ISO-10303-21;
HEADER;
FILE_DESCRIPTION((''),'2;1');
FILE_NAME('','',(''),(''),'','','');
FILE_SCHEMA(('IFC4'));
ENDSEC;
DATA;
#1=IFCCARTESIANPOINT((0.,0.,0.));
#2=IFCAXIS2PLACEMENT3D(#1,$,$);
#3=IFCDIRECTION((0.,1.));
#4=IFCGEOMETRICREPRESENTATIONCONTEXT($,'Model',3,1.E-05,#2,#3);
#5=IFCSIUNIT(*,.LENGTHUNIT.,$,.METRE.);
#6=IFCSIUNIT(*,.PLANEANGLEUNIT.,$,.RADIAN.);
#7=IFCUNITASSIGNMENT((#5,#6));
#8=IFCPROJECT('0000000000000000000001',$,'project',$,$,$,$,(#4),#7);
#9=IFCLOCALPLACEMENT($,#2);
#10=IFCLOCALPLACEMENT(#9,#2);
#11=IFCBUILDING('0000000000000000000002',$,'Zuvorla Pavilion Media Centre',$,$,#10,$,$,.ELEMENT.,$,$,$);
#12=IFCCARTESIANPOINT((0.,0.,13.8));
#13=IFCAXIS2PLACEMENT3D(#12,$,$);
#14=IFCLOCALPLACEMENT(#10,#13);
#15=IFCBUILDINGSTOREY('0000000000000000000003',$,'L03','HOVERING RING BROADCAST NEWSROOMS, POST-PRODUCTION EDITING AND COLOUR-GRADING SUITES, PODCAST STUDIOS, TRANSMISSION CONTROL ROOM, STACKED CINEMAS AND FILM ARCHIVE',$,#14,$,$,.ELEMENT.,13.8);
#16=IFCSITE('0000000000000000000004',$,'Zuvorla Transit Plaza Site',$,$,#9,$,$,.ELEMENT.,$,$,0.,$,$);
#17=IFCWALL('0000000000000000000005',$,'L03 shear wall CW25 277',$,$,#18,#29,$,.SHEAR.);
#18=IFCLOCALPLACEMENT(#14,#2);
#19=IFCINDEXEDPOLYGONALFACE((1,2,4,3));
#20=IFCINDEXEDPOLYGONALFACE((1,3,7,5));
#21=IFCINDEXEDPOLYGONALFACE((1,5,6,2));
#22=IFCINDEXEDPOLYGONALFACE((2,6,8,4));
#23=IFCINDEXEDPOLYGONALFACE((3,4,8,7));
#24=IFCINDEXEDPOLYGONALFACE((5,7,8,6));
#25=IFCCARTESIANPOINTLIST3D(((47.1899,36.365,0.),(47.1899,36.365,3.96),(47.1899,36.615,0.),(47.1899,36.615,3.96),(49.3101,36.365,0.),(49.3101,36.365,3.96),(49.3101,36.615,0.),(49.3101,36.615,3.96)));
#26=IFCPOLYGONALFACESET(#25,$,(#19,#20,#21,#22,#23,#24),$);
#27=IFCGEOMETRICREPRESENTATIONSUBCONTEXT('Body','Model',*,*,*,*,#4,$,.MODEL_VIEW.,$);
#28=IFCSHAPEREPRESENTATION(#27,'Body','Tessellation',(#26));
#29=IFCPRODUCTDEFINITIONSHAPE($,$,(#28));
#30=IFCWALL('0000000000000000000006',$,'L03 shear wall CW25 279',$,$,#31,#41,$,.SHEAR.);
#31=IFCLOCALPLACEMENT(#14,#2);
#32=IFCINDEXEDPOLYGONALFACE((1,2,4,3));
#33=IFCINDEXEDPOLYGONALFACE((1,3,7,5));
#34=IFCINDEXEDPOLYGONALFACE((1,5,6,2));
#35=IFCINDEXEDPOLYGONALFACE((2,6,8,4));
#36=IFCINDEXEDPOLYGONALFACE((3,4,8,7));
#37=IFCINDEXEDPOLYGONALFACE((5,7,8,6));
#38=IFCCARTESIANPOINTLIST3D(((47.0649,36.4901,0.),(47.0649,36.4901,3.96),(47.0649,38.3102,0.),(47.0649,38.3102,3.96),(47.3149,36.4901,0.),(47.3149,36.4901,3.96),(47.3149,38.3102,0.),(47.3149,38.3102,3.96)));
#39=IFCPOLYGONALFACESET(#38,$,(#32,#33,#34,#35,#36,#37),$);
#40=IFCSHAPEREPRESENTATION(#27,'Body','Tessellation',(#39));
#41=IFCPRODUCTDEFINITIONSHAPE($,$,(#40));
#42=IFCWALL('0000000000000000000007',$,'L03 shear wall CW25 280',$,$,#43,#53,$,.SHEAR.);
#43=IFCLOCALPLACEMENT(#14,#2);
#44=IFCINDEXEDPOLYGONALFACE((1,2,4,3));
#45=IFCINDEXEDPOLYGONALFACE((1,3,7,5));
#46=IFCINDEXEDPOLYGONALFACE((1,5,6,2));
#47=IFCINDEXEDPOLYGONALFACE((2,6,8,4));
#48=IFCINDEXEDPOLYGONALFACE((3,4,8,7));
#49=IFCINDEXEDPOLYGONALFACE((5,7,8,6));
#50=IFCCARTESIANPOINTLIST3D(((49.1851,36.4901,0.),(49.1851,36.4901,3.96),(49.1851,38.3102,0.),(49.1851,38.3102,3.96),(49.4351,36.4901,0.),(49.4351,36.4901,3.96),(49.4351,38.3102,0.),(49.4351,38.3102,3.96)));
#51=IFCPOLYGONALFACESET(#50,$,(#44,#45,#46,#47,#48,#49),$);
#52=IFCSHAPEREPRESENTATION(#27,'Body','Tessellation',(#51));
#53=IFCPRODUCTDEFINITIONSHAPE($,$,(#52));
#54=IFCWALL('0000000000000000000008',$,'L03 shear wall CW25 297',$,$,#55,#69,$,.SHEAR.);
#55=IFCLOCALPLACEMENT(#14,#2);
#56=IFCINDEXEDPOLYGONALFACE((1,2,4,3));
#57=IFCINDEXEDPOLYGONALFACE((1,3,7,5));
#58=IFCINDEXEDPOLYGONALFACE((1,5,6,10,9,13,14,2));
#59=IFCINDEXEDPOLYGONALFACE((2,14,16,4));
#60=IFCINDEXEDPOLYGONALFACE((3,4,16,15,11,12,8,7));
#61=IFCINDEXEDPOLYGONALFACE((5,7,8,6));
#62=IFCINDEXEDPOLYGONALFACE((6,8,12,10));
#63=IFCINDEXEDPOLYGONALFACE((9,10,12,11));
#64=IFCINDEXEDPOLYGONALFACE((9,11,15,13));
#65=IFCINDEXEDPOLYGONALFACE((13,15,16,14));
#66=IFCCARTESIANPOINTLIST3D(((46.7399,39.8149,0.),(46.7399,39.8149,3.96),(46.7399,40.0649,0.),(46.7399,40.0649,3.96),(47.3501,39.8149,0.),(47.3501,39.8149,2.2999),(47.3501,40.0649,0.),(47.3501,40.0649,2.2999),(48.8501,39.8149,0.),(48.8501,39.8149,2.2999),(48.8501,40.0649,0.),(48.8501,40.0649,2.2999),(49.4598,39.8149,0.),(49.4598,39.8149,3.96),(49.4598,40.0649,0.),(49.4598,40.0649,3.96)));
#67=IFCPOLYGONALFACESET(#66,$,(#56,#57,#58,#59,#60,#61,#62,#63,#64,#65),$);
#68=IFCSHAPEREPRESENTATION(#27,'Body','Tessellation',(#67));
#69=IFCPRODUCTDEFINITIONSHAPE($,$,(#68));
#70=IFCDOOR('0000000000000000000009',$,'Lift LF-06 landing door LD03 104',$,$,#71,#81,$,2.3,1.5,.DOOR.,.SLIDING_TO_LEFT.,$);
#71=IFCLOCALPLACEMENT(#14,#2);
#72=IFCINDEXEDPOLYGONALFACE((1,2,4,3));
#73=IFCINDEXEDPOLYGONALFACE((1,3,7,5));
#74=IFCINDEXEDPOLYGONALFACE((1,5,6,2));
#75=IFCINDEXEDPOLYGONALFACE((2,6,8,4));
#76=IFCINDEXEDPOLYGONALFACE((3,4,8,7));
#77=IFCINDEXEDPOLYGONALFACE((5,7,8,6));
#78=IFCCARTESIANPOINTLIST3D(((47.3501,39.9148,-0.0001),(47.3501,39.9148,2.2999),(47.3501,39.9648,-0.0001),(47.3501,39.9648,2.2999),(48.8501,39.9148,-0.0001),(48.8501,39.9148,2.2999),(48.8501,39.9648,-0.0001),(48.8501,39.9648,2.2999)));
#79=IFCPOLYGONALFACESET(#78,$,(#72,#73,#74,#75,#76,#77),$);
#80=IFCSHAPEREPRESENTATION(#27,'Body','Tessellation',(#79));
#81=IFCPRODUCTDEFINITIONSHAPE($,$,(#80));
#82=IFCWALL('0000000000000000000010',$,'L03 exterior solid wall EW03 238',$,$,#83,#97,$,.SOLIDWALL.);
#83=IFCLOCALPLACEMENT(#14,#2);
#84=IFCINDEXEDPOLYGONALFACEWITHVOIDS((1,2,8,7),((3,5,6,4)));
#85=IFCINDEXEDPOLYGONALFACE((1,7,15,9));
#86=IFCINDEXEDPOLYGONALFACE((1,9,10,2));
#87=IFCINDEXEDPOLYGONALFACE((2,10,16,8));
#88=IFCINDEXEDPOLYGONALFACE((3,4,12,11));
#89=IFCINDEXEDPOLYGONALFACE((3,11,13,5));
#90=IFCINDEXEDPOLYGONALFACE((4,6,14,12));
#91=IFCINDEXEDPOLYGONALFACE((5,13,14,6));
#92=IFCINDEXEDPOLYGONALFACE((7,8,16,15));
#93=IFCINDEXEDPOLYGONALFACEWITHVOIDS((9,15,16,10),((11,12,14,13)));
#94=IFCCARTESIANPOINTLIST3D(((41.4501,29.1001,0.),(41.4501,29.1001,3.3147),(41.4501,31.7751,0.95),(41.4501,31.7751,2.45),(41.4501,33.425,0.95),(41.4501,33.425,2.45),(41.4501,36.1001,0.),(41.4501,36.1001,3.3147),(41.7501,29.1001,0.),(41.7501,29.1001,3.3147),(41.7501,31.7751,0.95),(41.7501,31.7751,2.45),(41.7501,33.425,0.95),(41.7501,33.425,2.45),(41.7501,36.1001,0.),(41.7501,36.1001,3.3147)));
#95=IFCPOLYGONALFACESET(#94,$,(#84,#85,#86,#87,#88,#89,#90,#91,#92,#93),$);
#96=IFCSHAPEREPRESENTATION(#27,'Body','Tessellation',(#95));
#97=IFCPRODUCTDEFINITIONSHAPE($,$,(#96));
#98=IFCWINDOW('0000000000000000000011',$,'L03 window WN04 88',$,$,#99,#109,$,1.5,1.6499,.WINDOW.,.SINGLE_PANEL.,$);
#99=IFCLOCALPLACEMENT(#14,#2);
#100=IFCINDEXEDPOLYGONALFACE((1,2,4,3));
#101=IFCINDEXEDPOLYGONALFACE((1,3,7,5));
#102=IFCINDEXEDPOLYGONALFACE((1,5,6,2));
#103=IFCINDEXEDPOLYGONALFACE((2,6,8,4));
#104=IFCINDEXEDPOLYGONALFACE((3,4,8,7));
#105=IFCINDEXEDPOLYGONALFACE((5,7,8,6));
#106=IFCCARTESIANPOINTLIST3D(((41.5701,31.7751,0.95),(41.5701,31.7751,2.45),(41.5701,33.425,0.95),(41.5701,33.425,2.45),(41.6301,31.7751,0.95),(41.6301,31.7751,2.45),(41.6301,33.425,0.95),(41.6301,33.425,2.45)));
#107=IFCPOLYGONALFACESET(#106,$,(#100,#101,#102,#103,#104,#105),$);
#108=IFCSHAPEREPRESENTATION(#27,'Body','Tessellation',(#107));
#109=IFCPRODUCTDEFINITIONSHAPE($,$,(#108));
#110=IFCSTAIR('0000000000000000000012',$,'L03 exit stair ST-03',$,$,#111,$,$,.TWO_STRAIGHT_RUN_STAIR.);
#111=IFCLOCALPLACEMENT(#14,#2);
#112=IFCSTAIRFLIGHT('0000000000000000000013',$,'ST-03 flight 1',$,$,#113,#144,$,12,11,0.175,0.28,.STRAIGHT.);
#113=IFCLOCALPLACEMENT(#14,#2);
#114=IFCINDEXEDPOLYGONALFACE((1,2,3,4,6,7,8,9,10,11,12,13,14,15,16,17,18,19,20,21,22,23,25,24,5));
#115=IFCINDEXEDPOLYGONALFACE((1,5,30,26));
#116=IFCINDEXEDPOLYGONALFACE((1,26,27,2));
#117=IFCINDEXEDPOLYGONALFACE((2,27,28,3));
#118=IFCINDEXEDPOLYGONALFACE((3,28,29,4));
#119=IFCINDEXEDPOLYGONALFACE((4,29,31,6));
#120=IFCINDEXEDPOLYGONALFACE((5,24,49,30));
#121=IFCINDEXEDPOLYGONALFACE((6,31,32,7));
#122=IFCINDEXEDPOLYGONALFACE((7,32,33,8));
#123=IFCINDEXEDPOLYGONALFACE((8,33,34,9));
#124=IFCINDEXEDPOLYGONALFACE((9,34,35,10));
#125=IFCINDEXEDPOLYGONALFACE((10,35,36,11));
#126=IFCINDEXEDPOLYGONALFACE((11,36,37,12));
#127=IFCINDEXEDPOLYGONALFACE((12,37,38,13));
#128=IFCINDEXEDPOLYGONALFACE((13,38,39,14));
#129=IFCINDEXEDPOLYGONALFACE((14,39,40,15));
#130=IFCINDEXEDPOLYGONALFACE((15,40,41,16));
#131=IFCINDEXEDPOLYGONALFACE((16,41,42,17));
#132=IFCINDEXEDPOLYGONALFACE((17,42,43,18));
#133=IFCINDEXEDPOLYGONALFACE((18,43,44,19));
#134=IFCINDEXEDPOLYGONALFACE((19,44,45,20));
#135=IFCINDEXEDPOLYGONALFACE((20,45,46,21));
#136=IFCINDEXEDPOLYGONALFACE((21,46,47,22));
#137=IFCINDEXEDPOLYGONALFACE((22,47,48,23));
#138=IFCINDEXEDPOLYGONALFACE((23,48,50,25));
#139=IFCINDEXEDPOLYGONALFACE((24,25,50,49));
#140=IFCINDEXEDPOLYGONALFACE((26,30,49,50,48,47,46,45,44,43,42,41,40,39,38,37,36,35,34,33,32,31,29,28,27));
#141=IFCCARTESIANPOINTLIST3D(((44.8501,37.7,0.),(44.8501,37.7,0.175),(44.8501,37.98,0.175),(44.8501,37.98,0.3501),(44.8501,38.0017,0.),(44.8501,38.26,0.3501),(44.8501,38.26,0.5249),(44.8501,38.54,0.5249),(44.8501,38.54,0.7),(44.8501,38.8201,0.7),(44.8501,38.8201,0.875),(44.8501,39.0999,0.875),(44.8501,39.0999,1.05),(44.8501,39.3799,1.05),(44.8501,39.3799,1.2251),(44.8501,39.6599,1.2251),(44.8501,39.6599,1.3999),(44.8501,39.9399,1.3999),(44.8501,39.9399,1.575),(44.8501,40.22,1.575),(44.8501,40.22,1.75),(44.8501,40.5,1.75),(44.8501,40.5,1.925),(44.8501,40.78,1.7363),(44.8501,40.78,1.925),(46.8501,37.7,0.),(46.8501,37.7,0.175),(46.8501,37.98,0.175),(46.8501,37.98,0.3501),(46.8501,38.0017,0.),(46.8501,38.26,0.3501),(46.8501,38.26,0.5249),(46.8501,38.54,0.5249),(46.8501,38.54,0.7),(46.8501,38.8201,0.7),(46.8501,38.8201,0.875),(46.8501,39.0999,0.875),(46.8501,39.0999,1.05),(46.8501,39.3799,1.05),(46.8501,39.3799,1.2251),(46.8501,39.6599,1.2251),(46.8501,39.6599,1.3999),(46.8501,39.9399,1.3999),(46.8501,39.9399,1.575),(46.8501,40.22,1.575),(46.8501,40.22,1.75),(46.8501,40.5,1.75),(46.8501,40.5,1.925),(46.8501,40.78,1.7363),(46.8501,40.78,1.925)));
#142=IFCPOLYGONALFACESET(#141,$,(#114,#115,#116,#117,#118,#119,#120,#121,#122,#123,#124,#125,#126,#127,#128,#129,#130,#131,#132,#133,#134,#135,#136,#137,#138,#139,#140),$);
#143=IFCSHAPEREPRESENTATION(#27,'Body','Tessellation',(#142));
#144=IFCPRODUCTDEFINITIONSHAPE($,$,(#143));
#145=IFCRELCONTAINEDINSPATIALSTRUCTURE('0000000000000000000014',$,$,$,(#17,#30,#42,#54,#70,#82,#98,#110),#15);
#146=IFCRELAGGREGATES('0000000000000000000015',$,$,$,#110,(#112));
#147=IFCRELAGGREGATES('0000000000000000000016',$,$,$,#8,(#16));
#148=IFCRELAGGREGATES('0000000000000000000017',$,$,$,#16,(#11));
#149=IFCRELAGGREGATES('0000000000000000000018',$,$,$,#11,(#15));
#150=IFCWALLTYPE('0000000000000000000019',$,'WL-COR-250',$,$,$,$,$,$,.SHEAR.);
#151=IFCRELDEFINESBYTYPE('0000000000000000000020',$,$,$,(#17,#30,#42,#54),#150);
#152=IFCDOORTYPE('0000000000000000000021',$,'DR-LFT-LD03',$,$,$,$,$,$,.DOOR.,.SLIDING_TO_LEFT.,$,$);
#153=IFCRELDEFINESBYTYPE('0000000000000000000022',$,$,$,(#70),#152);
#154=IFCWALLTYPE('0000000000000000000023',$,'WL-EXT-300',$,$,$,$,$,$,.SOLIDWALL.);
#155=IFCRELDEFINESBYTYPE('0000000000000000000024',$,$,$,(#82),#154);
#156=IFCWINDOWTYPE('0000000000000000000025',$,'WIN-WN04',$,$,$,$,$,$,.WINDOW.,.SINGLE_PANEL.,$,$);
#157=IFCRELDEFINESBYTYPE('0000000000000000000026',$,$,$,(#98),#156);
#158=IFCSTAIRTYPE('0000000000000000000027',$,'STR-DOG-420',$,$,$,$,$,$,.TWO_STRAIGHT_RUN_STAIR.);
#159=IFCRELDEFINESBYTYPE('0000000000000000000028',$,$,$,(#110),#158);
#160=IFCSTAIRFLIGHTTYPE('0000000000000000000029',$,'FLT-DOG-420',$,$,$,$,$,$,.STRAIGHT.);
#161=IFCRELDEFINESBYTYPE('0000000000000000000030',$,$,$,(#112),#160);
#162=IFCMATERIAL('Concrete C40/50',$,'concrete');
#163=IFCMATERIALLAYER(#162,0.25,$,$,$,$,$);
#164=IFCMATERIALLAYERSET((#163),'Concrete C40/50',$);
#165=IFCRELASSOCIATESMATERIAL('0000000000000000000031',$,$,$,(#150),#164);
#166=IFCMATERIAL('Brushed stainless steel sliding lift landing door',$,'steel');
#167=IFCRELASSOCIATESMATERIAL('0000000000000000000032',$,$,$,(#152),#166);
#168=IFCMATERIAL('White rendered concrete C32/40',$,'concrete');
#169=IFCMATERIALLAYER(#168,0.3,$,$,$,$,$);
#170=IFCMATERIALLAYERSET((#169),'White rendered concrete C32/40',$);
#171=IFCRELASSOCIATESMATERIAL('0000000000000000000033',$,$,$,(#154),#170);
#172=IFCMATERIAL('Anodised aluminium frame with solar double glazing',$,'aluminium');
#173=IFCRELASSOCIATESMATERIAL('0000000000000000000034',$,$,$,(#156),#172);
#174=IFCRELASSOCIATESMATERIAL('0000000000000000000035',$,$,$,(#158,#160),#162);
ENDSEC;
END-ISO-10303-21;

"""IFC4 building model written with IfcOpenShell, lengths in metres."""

from ifc_helpers import new_model, si_unit, direction, frame, frame_2d, origin, place, context, subcontext, project, spatial, polyline, rectangle, outline, extrude, material, layer, layer_set, type_object, element, fill, aggregate, save


model = new_model("IFC4")

# Units and contexts
model_context = context("Model", 3, precision=1e-05, world=origin(), true_north=direction((0.0, 1.0)))
body_context = subcontext(model_context, "Body", "Model", "MODEL_VIEW")
ifc_project = project(units=[si_unit("LENGTHUNIT", "METRE"), si_unit("PLANEANGLEUNIT", "RADIAN")], contexts=[model_context])

# Site, building, storey
site_placement = place(None, origin())
site = spatial("IfcSite", under=ifc_project, at=site_placement, Name="Zuvorla Transit Plaza Site", CompositionType="ELEMENT", RefElevation=0.0)
building_placement = place(site_placement, origin())
building = spatial("IfcBuilding", under=site, at=building_placement, Name="Zuvorla Pavilion Media Centre", CompositionType="ELEMENT")
storey_placement = place(building_placement, frame((0.0, 0.0, 13.8)))
storey = spatial("IfcBuildingStorey", under=building, at=storey_placement, Name="L03", Description="HOVERING RING BROADCAST NEWSROOMS, POST-PRODUCTION EDITING AND COLOUR-GRADING SUITES, PODCAST STUDIOS, TRANSMISSION CONTROL ROOM, STACKED CINEMAS AND FILM ARCHIVE", CompositionType="ELEMENT", Elevation=13.8)

# Shared definitions
ifc_material_1 = material(Name="Concrete C40/50", Category="concrete")

# Wall
ifc_layer_1 = layer(ifc_material_1, 0.25)
ifc_layer_set_1 = layer_set([ifc_layer_1], Name="Concrete C40/50")
wall_type_1 = type_object("IfcWallType", Name="WL-COR-250", PredefinedType="SHEAR", material=ifc_layer_set_1)
wall_1_placement = place(storey_placement, frame((47.1899, 36.49, 0.0), z_axis=(0.0, 0.0, 1.0), x_axis=(1.0, 0.0, 0.0)))
element("IfcWall", 1, at=wall_1_placement, inside=storey, type_object=wall_type_1, Name="L03 shear wall CW25 277", PredefinedType="SHEAR", context=body_context, shape_type="SweptSolid", body=[
    extrude(rectangle(XDim=2.1201, YDim=0.25, at=frame_2d((1.0601, 0.0))), origin(), (0.0, 0.0, 1.0), 3.96),
])

# Shared definitions
ifc_material_2 = material(Name="Brushed stainless steel sliding lift landing door", Category="steel")

# Walls
for number, where, z_axis, x_axis, name in (
    (2, (47.1899, 36.49, 0.0), (0.0, 0.0, 1.0), (0.0, 1.0, 0.0), "L03 shear wall CW25 279"),
    (3, (49.3101, 36.49, 0.0), (0.0, 0.0, 1.0), (0.0, 1.0, 0.0), "L03 shear wall CW25 280"),
):
    element("IfcWall", number, at=place(storey_placement, frame(where, z_axis=z_axis, x_axis=x_axis)), inside=storey, type_object=wall_type_1, Name=name, PredefinedType="SHEAR", context=body_context, shape_type="SweptSolid", body=[
        extrude(rectangle(XDim=1.8201, YDim=0.25, at=frame_2d((0.9102, 0.0))), origin(), (0.0, 0.0, 1.0), 3.96),
    ])

# Wall, opening, door
wall_2_placement = place(storey_placement, frame((46.74, 39.9399, 0.0), z_axis=(0.0, 0.0, 1.0), x_axis=(1.0, 0.0, 0.0)))
wall_2 = element("IfcWall", 4, at=wall_2_placement, inside=storey, type_object=wall_type_1, Name="L03 shear wall CW25 297", PredefinedType="SHEAR", context=body_context, shape_type="SweptSolid", body=[
    extrude(rectangle(XDim=2.72, YDim=0.25, at=frame_2d((1.3599, 0.0))), origin(), (0.0, 0.0, 1.0), 3.96),
])
opening_1_placement = place(wall_2_placement, frame((0.6101, 0.0, 0.0)))
opening_1 = element("IfcOpeningElement", 5, at=opening_1_placement, cuts=wall_2, PredefinedType="OPENING", context=body_context, shape_type="SweptSolid", body=[
    extrude(rectangle(XDim=1.5, YDim=2.3, at=frame_2d((0.75, 1.1499))), frame((0.0, 0.135, 0.0), z_axis=(0.0, -1.0, 0.0), x_axis=(1.0, 0.0, 0.0)), (0.0, 0.0, 1.0), 0.27),
])
door_type_1 = type_object("IfcDoorType", Name="DR-LFT-LD03", OperationType="SLIDING_TO_LEFT", PredefinedType="DOOR", material=ifc_material_2)
door_1_placement = place(opening_1_placement, origin())
door_1 = element("IfcDoor", 6, at=door_1_placement, inside=storey, type_object=door_type_1, Name="Lift LF-06 landing door LD03 104", OperationType="SLIDING_TO_LEFT", OverallHeight=2.3, OverallWidth=1.5, PredefinedType="DOOR", context=body_context, shape_type="SweptSolid", body=[
    extrude(rectangle(XDim=1.5, YDim=2.3, at=frame_2d((0.75, 1.1499))), frame((0.0, 0.0249, 0.0), z_axis=(0.0, -1.0, 0.0), x_axis=(1.0, 0.0, 0.0)), (0.0, 0.0, 1.0), 0.05),
])
fill(opening_1, door_1)

# Wall, opening, window
ifc_material_3 = material(Name="White rendered concrete C32/40", Category="concrete")
ifc_layer_2 = layer(ifc_material_3, 0.3)
ifc_layer_set_2 = layer_set([ifc_layer_2], Name="White rendered concrete C32/40")
wall_type_2 = type_object("IfcWallType", Name="WL-EXT-300", PredefinedType="SOLIDWALL", material=ifc_layer_set_2)
wall_3_placement = place(storey_placement, frame((41.6001, 36.1001, 0.0), z_axis=(0.0, 0.0, 1.0), x_axis=(0.0, -1.0, 0.0)))
wall_3 = element("IfcWall", 7, at=wall_3_placement, inside=storey, type_object=wall_type_2, Name="L03 exterior solid wall EW03 238", PredefinedType="SOLIDWALL", context=body_context, shape_type="SweptSolid", body=[
    extrude(rectangle(XDim=7.0, YDim=0.3, at=frame_2d((3.5, 0.0))), origin(), (0.0, 0.0, 1.0), 3.3147),
])
opening_2_placement = place(wall_3_placement, frame((2.675, 0.0, 0.95)))
opening_2 = element("IfcOpeningElement", 8, at=opening_2_placement, cuts=wall_3, PredefinedType="OPENING", context=body_context, shape_type="SweptSolid", body=[
    extrude(rectangle(XDim=1.6499, YDim=1.5, at=frame_2d((0.825, 0.75))), frame((0.0, 0.1599, 0.0), z_axis=(0.0, -1.0, 0.0), x_axis=(1.0, 0.0, 0.0)), (0.0, 0.0, 1.0), 0.3201),
])
ifc_material_4 = material(Name="Anodised aluminium frame with solar double glazing", Category="aluminium")
window_type = type_object("IfcWindowType", Name="WIN-WN04", PartitioningType="SINGLE_PANEL", PredefinedType="WINDOW", material=ifc_material_4)
window_placement = place(opening_2_placement, origin())
window = element("IfcWindow", 9, at=window_placement, inside=storey, type_object=window_type, Name="L03 window WN04 88", OverallHeight=1.5, OverallWidth=1.6499, PartitioningType="SINGLE_PANEL", PredefinedType="WINDOW", context=body_context, shape_type="SweptSolid", body=[
    extrude(rectangle(XDim=1.6499, YDim=1.5, at=frame_2d((0.825, 0.75))), frame((0.0, 0.03, 0.0), z_axis=(0.0, -1.0, 0.0), x_axis=(1.0, 0.0, 0.0)), (0.0, 0.0, 1.0), 0.0601),
])
fill(opening_2, window)

# Stair, stair flight
stair_type = type_object("IfcStairType", Name="STR-DOG-420", PredefinedType="TWO_STRAIGHT_RUN_STAIR", material=ifc_material_1)
stair_placement = place(storey_placement, origin())
stair = element("IfcStair", 10, at=stair_placement, inside=storey, type_object=stair_type, Name="L03 exit stair ST-03", PredefinedType="TWO_STRAIGHT_RUN_STAIR")
stair_flight_type = type_object("IfcStairFlightType", Name="FLT-DOG-420", PredefinedType="STRAIGHT", material=ifc_material_1)
stair_flight_placement = place(storey_placement, frame((45.8501, 37.7, 0.0), z_axis=(0.0, 0.0, 1.0), x_axis=(0.0, 1.0, 0.0)))
stair_flight = element("IfcStairFlight", 11, at=stair_flight_placement, type_object=stair_flight_type, Name="ST-03 flight 1", NumberOfRisers=12, NumberOfTreads=11, PredefinedType="STRAIGHT", RiserHeight=0.175, TreadLength=0.28, context=body_context, shape_type="SweptSolid", body=[
    extrude(outline(polyline([(0.0, 0.0), (0.0, 0.175), (0.28, 0.175), (0.28, 0.3501), (0.5601, 0.3501), (0.5601, 0.5249), (0.8401, 0.5249), (0.8401, 0.7), (1.1201, 0.7), (1.1201, 0.875), (1.3999, 0.875), (1.3999, 1.05), (1.6799, 1.05), (1.6799, 1.2251), (1.96, 1.2251), (1.96, 1.3999), (2.24, 1.3999), (2.24, 1.575), (2.52, 1.575), (2.52, 1.75), (2.8, 1.75), (2.8, 1.925), (3.0801, 1.925), (3.0801, 2.1001), (3.0801, 1.7363), (0.3018, 0.0), (0.0, 0.0)])), frame((0.0, 1.0, 0.0), z_axis=(0.0, -1.0, 0.0), x_axis=(1.0, 0.0, 0.0)), (0.0, 0.0, 1.0), 2.0),
])
aggregate(stair, [stair_flight])

save(model, "model.ifc")
